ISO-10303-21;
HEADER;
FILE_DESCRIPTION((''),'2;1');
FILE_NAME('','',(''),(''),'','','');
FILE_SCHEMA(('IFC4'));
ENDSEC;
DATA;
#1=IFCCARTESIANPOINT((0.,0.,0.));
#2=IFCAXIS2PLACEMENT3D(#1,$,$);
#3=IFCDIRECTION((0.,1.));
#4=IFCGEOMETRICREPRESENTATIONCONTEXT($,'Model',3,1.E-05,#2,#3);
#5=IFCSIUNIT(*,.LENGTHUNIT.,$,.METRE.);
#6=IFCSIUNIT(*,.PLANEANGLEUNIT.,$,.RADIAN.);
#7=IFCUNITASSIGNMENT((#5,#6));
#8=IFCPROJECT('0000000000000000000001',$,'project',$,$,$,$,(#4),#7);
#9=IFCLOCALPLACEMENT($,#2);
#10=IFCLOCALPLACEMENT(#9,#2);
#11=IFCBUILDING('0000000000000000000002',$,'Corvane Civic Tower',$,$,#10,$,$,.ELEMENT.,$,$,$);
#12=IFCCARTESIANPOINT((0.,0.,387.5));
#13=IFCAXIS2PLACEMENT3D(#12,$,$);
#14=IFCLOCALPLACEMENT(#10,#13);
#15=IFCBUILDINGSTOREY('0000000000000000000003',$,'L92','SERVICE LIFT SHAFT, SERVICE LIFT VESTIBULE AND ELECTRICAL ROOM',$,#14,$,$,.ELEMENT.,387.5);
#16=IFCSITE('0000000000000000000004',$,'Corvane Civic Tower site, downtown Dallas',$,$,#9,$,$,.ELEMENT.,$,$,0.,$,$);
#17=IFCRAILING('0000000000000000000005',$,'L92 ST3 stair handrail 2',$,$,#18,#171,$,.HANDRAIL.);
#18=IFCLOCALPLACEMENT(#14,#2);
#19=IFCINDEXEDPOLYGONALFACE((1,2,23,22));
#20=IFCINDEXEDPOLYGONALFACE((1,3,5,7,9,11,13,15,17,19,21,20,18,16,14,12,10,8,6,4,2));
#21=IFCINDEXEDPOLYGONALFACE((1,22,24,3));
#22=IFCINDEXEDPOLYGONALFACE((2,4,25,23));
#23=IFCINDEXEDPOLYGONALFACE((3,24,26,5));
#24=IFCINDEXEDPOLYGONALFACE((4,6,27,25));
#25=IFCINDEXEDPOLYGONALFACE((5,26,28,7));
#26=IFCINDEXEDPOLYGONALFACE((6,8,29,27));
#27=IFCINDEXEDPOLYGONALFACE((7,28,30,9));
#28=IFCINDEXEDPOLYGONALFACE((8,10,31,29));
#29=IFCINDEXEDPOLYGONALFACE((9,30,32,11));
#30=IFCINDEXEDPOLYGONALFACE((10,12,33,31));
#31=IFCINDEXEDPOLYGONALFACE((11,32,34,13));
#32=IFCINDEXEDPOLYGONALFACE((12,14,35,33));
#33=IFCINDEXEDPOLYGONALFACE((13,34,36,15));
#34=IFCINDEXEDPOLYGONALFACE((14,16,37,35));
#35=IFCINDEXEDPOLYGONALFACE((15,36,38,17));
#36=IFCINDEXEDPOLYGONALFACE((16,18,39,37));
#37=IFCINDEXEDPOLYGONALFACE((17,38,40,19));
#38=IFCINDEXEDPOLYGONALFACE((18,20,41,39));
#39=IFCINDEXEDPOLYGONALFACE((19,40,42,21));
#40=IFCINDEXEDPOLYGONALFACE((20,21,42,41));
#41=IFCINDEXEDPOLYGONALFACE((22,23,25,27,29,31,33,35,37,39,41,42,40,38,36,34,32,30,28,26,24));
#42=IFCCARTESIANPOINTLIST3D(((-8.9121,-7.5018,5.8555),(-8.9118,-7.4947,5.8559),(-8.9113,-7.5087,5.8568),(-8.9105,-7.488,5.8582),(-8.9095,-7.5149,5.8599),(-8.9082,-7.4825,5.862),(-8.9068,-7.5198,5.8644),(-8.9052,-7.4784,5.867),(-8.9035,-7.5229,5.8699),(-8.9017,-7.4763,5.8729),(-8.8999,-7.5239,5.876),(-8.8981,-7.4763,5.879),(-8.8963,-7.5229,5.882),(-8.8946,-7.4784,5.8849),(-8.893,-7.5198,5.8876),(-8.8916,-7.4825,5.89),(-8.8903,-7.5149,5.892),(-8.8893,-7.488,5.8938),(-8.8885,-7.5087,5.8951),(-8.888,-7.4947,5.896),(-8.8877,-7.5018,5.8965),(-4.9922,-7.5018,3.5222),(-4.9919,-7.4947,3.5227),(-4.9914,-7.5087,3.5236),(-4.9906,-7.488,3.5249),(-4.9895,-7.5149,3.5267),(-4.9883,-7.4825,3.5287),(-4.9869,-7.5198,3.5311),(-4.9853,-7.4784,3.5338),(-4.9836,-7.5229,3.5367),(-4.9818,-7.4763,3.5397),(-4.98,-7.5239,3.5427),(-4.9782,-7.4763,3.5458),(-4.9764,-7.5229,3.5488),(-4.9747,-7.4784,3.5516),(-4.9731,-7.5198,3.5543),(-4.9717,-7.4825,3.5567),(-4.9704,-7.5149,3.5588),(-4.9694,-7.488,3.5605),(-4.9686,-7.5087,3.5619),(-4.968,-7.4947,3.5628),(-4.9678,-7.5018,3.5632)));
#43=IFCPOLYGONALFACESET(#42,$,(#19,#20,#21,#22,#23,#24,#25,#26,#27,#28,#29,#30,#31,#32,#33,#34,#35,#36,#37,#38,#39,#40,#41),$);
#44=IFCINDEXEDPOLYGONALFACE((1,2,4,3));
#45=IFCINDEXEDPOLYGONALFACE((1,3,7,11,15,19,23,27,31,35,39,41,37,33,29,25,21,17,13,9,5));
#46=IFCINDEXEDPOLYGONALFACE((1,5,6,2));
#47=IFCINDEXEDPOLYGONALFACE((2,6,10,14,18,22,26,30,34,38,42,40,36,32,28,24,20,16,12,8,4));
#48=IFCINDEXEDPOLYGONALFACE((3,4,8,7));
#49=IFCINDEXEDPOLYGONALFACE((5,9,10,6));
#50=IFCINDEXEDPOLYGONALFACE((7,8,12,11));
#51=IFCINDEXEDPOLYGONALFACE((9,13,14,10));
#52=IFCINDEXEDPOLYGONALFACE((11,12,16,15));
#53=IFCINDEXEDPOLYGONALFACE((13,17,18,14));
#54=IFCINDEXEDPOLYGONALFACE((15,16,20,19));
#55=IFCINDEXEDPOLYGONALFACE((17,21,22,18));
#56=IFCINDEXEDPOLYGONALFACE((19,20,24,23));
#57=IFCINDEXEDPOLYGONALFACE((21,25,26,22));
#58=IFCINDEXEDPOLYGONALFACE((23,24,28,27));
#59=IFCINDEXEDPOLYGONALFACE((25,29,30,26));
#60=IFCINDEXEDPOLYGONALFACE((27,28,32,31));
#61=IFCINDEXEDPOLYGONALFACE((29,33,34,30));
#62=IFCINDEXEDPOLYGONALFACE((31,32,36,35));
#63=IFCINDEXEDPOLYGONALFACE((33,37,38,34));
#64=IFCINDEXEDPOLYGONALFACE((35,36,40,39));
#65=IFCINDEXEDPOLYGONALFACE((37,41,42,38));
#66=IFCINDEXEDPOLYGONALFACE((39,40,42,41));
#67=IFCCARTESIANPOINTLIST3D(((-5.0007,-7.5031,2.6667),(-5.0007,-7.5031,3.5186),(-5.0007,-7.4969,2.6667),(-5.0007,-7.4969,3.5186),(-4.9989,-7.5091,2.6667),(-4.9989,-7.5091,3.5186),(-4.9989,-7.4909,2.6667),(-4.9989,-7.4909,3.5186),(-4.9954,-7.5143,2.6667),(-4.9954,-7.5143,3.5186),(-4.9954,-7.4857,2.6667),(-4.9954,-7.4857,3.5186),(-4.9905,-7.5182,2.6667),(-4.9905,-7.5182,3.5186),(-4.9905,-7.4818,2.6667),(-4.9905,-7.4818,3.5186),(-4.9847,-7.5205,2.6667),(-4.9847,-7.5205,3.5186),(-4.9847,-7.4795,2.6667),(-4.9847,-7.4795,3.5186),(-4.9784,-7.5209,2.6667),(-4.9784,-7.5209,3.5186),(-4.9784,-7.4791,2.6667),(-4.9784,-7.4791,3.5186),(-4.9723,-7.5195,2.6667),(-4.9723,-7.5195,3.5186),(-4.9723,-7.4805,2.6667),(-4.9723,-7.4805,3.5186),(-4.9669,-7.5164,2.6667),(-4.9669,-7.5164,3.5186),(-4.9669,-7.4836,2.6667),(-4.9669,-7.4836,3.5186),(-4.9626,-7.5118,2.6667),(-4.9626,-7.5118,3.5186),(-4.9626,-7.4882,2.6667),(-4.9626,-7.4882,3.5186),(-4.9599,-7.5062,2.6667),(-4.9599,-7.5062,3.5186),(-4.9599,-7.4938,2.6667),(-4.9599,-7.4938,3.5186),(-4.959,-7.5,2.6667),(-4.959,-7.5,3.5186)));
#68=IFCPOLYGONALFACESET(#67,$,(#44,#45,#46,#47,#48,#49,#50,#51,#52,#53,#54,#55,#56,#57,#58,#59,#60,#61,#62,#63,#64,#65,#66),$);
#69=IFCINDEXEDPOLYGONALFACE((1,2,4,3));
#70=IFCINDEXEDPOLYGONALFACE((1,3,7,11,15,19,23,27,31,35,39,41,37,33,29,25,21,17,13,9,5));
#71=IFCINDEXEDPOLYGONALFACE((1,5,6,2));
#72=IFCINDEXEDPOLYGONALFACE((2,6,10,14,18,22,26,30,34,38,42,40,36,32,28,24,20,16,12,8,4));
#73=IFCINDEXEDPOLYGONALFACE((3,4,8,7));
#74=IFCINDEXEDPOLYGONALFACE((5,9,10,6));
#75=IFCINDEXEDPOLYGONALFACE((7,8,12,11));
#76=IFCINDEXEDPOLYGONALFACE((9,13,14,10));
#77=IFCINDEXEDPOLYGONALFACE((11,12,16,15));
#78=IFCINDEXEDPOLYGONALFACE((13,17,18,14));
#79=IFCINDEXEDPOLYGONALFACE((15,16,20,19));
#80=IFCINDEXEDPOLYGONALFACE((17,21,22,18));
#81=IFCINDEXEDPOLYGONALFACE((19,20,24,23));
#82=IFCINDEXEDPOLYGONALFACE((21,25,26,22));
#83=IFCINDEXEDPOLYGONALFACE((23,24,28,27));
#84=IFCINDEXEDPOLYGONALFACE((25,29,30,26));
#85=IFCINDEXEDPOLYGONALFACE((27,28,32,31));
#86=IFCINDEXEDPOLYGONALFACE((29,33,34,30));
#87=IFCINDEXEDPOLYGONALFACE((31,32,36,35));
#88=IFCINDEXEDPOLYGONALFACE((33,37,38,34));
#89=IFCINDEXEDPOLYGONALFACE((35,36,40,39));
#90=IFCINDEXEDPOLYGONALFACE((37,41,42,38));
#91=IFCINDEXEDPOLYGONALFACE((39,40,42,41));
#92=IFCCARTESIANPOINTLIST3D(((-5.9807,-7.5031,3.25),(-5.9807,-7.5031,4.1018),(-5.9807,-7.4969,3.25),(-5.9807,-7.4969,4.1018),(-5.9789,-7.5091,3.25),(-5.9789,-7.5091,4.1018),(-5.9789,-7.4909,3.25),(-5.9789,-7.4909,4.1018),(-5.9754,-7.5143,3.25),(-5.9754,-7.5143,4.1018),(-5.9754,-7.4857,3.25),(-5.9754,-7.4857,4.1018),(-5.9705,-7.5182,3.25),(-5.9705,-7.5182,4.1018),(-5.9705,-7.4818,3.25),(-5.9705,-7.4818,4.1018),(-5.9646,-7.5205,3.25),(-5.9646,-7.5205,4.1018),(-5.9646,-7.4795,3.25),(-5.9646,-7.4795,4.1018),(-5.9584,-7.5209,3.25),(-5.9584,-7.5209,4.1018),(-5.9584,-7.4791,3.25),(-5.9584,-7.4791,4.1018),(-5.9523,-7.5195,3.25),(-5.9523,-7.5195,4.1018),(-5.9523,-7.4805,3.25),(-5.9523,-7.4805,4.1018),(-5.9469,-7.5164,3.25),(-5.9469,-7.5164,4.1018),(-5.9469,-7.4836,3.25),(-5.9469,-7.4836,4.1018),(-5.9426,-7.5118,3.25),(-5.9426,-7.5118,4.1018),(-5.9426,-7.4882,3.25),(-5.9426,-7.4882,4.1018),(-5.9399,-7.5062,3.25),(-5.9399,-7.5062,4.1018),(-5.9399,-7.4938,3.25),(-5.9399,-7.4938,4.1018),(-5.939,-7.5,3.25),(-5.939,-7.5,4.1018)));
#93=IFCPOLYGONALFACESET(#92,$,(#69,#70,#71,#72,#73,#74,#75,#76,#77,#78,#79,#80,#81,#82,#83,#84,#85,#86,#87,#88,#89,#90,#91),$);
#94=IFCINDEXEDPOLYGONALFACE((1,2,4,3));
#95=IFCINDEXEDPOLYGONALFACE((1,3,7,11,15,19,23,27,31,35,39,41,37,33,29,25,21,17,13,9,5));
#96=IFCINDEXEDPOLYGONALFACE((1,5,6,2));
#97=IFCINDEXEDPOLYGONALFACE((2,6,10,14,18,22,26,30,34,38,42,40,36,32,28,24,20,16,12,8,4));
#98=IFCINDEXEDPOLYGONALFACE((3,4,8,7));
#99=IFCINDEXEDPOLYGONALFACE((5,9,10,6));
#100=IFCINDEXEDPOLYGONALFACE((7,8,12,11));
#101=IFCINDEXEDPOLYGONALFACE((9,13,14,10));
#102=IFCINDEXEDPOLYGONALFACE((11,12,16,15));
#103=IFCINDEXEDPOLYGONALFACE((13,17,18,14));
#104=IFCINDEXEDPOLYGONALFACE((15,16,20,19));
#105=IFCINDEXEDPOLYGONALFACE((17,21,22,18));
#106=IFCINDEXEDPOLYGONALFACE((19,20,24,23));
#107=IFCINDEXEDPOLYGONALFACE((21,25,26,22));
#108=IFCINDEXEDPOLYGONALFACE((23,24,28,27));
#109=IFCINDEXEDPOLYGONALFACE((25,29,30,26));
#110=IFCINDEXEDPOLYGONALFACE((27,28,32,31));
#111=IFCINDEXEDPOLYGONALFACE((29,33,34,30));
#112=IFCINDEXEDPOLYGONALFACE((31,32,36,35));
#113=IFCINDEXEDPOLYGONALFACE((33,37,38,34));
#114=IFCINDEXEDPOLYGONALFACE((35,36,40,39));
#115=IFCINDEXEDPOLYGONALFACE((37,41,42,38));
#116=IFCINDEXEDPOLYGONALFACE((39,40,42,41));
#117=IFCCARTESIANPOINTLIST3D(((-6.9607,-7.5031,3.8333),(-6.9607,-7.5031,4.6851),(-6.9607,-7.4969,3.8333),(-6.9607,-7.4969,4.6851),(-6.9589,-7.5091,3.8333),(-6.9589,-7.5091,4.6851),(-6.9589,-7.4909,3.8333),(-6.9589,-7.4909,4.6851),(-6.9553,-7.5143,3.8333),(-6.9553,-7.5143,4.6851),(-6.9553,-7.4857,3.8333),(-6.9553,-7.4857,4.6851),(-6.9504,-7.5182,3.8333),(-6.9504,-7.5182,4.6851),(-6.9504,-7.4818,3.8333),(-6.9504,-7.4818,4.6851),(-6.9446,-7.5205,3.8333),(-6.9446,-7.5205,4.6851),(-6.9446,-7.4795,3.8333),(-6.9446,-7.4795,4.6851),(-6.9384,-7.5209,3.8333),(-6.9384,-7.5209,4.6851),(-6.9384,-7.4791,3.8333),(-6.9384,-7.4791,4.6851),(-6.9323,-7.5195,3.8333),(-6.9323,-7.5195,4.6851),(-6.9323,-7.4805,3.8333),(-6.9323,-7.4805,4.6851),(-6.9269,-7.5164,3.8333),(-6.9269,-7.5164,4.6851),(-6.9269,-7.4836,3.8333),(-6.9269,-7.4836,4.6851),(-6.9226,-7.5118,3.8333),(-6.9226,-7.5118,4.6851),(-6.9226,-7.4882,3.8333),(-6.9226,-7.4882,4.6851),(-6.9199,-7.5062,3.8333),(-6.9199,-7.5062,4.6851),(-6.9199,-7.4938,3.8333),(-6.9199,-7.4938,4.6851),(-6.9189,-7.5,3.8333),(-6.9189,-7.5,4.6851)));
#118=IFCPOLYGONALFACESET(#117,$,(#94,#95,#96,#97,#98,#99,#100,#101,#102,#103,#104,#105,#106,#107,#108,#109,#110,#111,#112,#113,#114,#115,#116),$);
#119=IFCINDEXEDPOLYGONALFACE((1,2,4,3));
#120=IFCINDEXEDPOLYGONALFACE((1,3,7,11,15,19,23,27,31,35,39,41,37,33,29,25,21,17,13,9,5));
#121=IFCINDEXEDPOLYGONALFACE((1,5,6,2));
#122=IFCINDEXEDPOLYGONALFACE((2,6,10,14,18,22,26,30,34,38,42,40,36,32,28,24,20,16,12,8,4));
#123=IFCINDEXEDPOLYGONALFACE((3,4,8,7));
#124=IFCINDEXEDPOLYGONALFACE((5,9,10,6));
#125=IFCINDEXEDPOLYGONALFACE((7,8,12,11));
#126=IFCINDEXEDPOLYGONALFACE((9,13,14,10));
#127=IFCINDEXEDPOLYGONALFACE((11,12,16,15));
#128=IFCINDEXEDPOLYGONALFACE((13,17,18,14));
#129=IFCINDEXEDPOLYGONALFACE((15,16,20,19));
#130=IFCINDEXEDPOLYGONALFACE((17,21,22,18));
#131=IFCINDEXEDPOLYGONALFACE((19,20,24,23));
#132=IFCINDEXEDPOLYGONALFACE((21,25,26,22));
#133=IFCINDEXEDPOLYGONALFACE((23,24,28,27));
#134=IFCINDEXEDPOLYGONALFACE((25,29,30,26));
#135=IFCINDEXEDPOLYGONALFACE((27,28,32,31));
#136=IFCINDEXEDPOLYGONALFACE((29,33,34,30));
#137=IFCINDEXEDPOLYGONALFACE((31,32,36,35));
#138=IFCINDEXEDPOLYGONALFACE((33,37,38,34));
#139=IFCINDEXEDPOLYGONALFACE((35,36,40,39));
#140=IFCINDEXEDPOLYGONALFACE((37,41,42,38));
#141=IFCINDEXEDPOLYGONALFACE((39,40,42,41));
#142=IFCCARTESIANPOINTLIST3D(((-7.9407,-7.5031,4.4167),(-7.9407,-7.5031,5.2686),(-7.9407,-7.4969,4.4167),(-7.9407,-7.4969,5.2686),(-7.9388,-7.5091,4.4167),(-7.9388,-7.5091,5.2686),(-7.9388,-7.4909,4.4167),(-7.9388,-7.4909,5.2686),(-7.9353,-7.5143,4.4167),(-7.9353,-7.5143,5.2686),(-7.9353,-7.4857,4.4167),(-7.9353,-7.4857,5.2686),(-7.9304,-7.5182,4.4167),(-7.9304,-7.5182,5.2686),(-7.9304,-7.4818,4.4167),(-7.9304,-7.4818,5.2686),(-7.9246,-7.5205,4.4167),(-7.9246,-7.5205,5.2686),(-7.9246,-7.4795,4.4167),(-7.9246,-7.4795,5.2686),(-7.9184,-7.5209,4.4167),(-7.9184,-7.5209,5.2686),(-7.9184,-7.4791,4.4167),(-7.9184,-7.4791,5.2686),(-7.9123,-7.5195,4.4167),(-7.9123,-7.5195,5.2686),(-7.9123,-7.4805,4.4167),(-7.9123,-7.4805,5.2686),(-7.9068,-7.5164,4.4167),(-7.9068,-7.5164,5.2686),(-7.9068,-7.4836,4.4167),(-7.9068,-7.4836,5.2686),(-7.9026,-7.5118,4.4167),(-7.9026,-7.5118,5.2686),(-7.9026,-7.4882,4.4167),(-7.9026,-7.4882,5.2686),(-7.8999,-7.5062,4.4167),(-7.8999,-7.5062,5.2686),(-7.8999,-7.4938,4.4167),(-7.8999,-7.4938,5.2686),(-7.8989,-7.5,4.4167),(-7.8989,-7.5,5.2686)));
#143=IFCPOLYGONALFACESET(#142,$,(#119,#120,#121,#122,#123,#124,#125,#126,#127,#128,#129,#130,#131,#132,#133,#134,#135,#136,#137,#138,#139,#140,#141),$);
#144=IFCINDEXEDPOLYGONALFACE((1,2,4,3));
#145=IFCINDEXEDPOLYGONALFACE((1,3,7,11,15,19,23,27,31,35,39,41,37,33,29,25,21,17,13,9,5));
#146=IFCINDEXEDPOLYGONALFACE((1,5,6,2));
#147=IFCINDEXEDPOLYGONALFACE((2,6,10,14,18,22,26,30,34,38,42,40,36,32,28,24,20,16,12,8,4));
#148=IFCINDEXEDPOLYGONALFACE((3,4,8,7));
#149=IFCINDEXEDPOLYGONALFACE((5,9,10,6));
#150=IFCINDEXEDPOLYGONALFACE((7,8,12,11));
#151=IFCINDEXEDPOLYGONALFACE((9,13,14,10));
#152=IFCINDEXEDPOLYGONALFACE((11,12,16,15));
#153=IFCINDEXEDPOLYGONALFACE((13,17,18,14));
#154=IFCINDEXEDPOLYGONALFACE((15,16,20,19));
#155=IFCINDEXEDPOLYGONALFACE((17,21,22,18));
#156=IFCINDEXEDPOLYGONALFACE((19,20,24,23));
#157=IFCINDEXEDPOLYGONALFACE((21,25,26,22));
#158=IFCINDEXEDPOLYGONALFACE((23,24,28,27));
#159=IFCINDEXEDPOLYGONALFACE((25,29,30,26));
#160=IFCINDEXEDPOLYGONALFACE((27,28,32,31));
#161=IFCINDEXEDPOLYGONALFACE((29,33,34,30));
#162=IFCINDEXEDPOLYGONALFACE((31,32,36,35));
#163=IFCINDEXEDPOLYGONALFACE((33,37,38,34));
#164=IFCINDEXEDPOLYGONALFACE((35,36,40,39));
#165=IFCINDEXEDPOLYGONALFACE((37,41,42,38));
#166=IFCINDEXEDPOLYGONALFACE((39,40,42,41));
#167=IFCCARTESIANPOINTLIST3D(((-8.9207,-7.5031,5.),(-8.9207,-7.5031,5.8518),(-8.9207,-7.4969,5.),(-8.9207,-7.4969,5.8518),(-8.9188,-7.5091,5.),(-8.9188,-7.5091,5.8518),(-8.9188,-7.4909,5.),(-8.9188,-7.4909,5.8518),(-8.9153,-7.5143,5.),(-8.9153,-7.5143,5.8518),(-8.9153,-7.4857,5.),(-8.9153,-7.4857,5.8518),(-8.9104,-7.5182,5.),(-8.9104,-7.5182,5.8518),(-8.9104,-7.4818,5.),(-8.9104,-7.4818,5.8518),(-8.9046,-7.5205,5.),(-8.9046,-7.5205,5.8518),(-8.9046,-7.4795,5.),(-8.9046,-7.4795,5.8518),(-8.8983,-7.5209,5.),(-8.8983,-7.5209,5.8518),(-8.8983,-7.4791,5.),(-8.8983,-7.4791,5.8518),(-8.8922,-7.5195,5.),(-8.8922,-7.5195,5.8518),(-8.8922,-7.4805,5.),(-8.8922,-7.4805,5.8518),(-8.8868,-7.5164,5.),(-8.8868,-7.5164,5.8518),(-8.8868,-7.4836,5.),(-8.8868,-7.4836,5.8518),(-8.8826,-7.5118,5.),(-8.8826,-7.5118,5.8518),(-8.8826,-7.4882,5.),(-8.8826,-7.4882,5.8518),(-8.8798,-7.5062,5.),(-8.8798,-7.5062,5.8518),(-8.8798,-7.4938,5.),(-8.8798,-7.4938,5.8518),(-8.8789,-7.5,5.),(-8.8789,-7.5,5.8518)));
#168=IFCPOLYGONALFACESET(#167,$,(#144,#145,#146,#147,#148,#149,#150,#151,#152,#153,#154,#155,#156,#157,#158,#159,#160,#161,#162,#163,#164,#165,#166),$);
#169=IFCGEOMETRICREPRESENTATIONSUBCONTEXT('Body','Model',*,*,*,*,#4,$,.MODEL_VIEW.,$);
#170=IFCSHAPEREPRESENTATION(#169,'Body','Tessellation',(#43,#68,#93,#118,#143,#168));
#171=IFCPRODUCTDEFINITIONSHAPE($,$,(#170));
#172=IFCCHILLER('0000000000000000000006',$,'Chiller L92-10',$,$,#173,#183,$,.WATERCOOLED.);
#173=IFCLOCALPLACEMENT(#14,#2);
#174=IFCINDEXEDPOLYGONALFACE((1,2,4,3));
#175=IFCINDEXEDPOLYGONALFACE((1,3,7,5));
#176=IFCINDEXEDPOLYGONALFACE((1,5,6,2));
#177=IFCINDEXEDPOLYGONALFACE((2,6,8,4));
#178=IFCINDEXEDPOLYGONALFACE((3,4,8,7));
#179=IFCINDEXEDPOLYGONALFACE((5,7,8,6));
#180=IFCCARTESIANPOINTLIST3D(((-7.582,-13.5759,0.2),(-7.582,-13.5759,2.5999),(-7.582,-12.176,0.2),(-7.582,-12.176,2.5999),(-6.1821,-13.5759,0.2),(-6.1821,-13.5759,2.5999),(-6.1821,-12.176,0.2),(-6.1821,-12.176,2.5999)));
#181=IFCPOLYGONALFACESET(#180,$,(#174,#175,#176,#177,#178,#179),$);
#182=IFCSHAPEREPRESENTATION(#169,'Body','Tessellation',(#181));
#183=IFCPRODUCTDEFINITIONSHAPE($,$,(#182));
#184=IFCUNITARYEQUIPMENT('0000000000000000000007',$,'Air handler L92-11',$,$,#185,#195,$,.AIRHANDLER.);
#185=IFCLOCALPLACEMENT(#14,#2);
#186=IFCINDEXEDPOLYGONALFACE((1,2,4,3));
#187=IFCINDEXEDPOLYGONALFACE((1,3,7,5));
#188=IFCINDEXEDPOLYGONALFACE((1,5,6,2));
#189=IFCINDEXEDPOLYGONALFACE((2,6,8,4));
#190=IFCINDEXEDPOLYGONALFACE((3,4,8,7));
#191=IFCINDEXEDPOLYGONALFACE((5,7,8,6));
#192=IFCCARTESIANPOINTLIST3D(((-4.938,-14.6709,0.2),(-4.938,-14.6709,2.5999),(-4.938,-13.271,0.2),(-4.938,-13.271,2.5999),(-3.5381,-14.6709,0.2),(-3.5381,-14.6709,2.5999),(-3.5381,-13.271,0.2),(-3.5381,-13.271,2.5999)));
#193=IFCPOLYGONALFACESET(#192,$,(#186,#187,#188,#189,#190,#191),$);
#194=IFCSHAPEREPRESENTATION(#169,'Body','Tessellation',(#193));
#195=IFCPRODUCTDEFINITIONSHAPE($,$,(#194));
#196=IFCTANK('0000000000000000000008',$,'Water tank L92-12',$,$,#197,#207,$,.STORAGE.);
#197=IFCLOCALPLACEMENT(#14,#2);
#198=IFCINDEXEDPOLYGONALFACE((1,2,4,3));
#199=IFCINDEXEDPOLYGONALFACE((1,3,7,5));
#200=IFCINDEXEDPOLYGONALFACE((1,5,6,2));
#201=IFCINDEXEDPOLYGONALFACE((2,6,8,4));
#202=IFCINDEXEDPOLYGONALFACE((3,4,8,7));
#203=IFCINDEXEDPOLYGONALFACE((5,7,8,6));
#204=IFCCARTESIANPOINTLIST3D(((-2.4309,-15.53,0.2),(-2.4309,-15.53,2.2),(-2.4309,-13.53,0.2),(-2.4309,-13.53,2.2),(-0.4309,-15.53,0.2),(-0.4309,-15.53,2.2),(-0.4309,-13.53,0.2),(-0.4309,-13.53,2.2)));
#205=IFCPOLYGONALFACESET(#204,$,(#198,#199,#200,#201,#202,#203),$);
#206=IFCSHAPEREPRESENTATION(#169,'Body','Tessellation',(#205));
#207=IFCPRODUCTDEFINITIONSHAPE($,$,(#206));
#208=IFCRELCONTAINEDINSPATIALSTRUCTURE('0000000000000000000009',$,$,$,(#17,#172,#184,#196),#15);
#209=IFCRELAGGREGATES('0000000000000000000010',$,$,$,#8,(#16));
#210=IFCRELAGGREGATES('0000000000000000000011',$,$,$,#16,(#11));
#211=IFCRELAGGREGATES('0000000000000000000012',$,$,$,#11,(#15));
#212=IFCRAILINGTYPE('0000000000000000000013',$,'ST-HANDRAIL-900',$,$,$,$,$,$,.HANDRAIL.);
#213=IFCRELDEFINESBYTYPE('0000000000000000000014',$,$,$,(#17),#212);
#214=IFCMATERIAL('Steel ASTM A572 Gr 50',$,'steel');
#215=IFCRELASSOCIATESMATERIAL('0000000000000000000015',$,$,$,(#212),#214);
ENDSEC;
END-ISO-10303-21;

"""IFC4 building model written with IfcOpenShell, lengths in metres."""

from ifc_helpers import new_model, si_unit, direction, frame, origin, origin_2d, place, context, subcontext, project, spatial, rectangle, circle, extrude, material, type_object, element, save


model = new_model("IFC4")

# Units and contexts
model_context = context("Model", 3, precision=1e-05, world=origin(), true_north=direction((0.0, 1.0)))
body_context = subcontext(model_context, "Body", "Model", "MODEL_VIEW")
ifc_project = project(units=[si_unit("LENGTHUNIT", "METRE"), si_unit("PLANEANGLEUNIT", "RADIAN")], contexts=[model_context])

# Site, building, storey
site_placement = place(None, origin())
site = spatial("IfcSite", under=ifc_project, at=site_placement, Name="Corvane Civic Tower site, downtown Dallas", CompositionType="ELEMENT", RefElevation=0.0)
building_placement = place(site_placement, origin())
building = spatial("IfcBuilding", under=site, at=building_placement, Name="Corvane Civic Tower", CompositionType="ELEMENT")
storey_placement = place(building_placement, frame((0.0, 0.0, 387.5)))
storey = spatial("IfcBuildingStorey", under=building, at=storey_placement, Name="L92", Description="SERVICE LIFT SHAFT, SERVICE LIFT VESTIBULE AND ELECTRICAL ROOM", CompositionType="ELEMENT", Elevation=387.5)

# Railing
ifc_material_1 = material(Name="Steel ASTM A572 Gr 50", Category="steel")
railing_type = type_object("IfcRailingType", Name="ST-HANDRAIL-900", PredefinedType="HANDRAIL", material=ifc_material_1)
railing_placement = place(storey_placement, frame((-4.98, -7.5, 2.6667)))
element("IfcRailing", 1, at=railing_placement, inside=storey, type_object=railing_type, Name="L92 ST3 stair handrail 2", PredefinedType="HANDRAIL", context=body_context, shape_type="SweptSolid", body=[
    extrude(circle(Radius=0.0239, at=origin_2d()), frame((0.0, 0.0, 0.876), z_axis=(-0.859296, 0.0, 0.511478), x_axis=(0.0, -1.0, 0.0)), (0.0, 0.0, 1.0), 4.5618),
    extrude(circle(Radius=0.021, at=origin_2d()), origin(), (0.0, 0.0, 1.0), 0.8518),
    extrude(circle(Radius=0.021, at=origin_2d()), frame((-0.98, 0.0, 0.5833)), (0.0, 0.0, 1.0), 0.8518),
    extrude(circle(Radius=0.021, at=origin_2d()), frame((-1.96, 0.0, 1.1665)), (0.0, 0.0, 1.0), 0.8518),
    extrude(circle(Radius=0.021, at=origin_2d()), frame((-2.9399, 0.0, 1.75)), (0.0, 0.0, 1.0), 0.8518),
    extrude(circle(Radius=0.021, at=origin_2d()), frame((-3.9199, 0.0, 2.3333)), (0.0, 0.0, 1.0), 0.8518),
])

# Chiller
chiller_1_placement = place(storey_placement, frame((-6.8821, -12.876, 0.2), z_axis=(0.0, 0.0, 1.0), x_axis=(1.0, 0.0, 0.0)))
element("IfcChiller", 2, at=chiller_1_placement, inside=storey, Name="Chiller L92-10", PredefinedType="WATERCOOLED", context=body_context, shape_type="SweptSolid", body=[
    extrude(rectangle(XDim=1.3999, YDim=1.3999, at=origin_2d()), origin(), (0.0, 0.0, 1.0), 2.3999),
])

# Unitary equipment
unitary_equipment_placement = place(storey_placement, frame((-4.238, -13.9709, 0.2), z_axis=(0.0, 0.0, 1.0), x_axis=(1.0, 0.0, 0.0)))
element("IfcUnitaryEquipment", 3, at=unitary_equipment_placement, inside=storey, Name="Air handler L92-11", PredefinedType="AIRHANDLER", context=body_context, shape_type="SweptSolid", body=[
    extrude(rectangle(XDim=1.3999, YDim=1.3999, at=origin_2d()), origin(), (0.0, 0.0, 1.0), 2.3999),
])

# Tank
tank_placement = place(storey_placement, frame((-1.4309, -14.53, 0.2), z_axis=(0.0, 0.0, 1.0), x_axis=(1.0, 0.0, 0.0)))
element("IfcTank", 4, at=tank_placement, inside=storey, Name="Water tank L92-12", PredefinedType="STORAGE", context=body_context, shape_type="SweptSolid", body=[
    extrude(rectangle(XDim=2.0, YDim=2.0, at=origin_2d()), origin(), (0.0, 0.0, 1.0), 2.0),
])

save(model, "model.ifc")
